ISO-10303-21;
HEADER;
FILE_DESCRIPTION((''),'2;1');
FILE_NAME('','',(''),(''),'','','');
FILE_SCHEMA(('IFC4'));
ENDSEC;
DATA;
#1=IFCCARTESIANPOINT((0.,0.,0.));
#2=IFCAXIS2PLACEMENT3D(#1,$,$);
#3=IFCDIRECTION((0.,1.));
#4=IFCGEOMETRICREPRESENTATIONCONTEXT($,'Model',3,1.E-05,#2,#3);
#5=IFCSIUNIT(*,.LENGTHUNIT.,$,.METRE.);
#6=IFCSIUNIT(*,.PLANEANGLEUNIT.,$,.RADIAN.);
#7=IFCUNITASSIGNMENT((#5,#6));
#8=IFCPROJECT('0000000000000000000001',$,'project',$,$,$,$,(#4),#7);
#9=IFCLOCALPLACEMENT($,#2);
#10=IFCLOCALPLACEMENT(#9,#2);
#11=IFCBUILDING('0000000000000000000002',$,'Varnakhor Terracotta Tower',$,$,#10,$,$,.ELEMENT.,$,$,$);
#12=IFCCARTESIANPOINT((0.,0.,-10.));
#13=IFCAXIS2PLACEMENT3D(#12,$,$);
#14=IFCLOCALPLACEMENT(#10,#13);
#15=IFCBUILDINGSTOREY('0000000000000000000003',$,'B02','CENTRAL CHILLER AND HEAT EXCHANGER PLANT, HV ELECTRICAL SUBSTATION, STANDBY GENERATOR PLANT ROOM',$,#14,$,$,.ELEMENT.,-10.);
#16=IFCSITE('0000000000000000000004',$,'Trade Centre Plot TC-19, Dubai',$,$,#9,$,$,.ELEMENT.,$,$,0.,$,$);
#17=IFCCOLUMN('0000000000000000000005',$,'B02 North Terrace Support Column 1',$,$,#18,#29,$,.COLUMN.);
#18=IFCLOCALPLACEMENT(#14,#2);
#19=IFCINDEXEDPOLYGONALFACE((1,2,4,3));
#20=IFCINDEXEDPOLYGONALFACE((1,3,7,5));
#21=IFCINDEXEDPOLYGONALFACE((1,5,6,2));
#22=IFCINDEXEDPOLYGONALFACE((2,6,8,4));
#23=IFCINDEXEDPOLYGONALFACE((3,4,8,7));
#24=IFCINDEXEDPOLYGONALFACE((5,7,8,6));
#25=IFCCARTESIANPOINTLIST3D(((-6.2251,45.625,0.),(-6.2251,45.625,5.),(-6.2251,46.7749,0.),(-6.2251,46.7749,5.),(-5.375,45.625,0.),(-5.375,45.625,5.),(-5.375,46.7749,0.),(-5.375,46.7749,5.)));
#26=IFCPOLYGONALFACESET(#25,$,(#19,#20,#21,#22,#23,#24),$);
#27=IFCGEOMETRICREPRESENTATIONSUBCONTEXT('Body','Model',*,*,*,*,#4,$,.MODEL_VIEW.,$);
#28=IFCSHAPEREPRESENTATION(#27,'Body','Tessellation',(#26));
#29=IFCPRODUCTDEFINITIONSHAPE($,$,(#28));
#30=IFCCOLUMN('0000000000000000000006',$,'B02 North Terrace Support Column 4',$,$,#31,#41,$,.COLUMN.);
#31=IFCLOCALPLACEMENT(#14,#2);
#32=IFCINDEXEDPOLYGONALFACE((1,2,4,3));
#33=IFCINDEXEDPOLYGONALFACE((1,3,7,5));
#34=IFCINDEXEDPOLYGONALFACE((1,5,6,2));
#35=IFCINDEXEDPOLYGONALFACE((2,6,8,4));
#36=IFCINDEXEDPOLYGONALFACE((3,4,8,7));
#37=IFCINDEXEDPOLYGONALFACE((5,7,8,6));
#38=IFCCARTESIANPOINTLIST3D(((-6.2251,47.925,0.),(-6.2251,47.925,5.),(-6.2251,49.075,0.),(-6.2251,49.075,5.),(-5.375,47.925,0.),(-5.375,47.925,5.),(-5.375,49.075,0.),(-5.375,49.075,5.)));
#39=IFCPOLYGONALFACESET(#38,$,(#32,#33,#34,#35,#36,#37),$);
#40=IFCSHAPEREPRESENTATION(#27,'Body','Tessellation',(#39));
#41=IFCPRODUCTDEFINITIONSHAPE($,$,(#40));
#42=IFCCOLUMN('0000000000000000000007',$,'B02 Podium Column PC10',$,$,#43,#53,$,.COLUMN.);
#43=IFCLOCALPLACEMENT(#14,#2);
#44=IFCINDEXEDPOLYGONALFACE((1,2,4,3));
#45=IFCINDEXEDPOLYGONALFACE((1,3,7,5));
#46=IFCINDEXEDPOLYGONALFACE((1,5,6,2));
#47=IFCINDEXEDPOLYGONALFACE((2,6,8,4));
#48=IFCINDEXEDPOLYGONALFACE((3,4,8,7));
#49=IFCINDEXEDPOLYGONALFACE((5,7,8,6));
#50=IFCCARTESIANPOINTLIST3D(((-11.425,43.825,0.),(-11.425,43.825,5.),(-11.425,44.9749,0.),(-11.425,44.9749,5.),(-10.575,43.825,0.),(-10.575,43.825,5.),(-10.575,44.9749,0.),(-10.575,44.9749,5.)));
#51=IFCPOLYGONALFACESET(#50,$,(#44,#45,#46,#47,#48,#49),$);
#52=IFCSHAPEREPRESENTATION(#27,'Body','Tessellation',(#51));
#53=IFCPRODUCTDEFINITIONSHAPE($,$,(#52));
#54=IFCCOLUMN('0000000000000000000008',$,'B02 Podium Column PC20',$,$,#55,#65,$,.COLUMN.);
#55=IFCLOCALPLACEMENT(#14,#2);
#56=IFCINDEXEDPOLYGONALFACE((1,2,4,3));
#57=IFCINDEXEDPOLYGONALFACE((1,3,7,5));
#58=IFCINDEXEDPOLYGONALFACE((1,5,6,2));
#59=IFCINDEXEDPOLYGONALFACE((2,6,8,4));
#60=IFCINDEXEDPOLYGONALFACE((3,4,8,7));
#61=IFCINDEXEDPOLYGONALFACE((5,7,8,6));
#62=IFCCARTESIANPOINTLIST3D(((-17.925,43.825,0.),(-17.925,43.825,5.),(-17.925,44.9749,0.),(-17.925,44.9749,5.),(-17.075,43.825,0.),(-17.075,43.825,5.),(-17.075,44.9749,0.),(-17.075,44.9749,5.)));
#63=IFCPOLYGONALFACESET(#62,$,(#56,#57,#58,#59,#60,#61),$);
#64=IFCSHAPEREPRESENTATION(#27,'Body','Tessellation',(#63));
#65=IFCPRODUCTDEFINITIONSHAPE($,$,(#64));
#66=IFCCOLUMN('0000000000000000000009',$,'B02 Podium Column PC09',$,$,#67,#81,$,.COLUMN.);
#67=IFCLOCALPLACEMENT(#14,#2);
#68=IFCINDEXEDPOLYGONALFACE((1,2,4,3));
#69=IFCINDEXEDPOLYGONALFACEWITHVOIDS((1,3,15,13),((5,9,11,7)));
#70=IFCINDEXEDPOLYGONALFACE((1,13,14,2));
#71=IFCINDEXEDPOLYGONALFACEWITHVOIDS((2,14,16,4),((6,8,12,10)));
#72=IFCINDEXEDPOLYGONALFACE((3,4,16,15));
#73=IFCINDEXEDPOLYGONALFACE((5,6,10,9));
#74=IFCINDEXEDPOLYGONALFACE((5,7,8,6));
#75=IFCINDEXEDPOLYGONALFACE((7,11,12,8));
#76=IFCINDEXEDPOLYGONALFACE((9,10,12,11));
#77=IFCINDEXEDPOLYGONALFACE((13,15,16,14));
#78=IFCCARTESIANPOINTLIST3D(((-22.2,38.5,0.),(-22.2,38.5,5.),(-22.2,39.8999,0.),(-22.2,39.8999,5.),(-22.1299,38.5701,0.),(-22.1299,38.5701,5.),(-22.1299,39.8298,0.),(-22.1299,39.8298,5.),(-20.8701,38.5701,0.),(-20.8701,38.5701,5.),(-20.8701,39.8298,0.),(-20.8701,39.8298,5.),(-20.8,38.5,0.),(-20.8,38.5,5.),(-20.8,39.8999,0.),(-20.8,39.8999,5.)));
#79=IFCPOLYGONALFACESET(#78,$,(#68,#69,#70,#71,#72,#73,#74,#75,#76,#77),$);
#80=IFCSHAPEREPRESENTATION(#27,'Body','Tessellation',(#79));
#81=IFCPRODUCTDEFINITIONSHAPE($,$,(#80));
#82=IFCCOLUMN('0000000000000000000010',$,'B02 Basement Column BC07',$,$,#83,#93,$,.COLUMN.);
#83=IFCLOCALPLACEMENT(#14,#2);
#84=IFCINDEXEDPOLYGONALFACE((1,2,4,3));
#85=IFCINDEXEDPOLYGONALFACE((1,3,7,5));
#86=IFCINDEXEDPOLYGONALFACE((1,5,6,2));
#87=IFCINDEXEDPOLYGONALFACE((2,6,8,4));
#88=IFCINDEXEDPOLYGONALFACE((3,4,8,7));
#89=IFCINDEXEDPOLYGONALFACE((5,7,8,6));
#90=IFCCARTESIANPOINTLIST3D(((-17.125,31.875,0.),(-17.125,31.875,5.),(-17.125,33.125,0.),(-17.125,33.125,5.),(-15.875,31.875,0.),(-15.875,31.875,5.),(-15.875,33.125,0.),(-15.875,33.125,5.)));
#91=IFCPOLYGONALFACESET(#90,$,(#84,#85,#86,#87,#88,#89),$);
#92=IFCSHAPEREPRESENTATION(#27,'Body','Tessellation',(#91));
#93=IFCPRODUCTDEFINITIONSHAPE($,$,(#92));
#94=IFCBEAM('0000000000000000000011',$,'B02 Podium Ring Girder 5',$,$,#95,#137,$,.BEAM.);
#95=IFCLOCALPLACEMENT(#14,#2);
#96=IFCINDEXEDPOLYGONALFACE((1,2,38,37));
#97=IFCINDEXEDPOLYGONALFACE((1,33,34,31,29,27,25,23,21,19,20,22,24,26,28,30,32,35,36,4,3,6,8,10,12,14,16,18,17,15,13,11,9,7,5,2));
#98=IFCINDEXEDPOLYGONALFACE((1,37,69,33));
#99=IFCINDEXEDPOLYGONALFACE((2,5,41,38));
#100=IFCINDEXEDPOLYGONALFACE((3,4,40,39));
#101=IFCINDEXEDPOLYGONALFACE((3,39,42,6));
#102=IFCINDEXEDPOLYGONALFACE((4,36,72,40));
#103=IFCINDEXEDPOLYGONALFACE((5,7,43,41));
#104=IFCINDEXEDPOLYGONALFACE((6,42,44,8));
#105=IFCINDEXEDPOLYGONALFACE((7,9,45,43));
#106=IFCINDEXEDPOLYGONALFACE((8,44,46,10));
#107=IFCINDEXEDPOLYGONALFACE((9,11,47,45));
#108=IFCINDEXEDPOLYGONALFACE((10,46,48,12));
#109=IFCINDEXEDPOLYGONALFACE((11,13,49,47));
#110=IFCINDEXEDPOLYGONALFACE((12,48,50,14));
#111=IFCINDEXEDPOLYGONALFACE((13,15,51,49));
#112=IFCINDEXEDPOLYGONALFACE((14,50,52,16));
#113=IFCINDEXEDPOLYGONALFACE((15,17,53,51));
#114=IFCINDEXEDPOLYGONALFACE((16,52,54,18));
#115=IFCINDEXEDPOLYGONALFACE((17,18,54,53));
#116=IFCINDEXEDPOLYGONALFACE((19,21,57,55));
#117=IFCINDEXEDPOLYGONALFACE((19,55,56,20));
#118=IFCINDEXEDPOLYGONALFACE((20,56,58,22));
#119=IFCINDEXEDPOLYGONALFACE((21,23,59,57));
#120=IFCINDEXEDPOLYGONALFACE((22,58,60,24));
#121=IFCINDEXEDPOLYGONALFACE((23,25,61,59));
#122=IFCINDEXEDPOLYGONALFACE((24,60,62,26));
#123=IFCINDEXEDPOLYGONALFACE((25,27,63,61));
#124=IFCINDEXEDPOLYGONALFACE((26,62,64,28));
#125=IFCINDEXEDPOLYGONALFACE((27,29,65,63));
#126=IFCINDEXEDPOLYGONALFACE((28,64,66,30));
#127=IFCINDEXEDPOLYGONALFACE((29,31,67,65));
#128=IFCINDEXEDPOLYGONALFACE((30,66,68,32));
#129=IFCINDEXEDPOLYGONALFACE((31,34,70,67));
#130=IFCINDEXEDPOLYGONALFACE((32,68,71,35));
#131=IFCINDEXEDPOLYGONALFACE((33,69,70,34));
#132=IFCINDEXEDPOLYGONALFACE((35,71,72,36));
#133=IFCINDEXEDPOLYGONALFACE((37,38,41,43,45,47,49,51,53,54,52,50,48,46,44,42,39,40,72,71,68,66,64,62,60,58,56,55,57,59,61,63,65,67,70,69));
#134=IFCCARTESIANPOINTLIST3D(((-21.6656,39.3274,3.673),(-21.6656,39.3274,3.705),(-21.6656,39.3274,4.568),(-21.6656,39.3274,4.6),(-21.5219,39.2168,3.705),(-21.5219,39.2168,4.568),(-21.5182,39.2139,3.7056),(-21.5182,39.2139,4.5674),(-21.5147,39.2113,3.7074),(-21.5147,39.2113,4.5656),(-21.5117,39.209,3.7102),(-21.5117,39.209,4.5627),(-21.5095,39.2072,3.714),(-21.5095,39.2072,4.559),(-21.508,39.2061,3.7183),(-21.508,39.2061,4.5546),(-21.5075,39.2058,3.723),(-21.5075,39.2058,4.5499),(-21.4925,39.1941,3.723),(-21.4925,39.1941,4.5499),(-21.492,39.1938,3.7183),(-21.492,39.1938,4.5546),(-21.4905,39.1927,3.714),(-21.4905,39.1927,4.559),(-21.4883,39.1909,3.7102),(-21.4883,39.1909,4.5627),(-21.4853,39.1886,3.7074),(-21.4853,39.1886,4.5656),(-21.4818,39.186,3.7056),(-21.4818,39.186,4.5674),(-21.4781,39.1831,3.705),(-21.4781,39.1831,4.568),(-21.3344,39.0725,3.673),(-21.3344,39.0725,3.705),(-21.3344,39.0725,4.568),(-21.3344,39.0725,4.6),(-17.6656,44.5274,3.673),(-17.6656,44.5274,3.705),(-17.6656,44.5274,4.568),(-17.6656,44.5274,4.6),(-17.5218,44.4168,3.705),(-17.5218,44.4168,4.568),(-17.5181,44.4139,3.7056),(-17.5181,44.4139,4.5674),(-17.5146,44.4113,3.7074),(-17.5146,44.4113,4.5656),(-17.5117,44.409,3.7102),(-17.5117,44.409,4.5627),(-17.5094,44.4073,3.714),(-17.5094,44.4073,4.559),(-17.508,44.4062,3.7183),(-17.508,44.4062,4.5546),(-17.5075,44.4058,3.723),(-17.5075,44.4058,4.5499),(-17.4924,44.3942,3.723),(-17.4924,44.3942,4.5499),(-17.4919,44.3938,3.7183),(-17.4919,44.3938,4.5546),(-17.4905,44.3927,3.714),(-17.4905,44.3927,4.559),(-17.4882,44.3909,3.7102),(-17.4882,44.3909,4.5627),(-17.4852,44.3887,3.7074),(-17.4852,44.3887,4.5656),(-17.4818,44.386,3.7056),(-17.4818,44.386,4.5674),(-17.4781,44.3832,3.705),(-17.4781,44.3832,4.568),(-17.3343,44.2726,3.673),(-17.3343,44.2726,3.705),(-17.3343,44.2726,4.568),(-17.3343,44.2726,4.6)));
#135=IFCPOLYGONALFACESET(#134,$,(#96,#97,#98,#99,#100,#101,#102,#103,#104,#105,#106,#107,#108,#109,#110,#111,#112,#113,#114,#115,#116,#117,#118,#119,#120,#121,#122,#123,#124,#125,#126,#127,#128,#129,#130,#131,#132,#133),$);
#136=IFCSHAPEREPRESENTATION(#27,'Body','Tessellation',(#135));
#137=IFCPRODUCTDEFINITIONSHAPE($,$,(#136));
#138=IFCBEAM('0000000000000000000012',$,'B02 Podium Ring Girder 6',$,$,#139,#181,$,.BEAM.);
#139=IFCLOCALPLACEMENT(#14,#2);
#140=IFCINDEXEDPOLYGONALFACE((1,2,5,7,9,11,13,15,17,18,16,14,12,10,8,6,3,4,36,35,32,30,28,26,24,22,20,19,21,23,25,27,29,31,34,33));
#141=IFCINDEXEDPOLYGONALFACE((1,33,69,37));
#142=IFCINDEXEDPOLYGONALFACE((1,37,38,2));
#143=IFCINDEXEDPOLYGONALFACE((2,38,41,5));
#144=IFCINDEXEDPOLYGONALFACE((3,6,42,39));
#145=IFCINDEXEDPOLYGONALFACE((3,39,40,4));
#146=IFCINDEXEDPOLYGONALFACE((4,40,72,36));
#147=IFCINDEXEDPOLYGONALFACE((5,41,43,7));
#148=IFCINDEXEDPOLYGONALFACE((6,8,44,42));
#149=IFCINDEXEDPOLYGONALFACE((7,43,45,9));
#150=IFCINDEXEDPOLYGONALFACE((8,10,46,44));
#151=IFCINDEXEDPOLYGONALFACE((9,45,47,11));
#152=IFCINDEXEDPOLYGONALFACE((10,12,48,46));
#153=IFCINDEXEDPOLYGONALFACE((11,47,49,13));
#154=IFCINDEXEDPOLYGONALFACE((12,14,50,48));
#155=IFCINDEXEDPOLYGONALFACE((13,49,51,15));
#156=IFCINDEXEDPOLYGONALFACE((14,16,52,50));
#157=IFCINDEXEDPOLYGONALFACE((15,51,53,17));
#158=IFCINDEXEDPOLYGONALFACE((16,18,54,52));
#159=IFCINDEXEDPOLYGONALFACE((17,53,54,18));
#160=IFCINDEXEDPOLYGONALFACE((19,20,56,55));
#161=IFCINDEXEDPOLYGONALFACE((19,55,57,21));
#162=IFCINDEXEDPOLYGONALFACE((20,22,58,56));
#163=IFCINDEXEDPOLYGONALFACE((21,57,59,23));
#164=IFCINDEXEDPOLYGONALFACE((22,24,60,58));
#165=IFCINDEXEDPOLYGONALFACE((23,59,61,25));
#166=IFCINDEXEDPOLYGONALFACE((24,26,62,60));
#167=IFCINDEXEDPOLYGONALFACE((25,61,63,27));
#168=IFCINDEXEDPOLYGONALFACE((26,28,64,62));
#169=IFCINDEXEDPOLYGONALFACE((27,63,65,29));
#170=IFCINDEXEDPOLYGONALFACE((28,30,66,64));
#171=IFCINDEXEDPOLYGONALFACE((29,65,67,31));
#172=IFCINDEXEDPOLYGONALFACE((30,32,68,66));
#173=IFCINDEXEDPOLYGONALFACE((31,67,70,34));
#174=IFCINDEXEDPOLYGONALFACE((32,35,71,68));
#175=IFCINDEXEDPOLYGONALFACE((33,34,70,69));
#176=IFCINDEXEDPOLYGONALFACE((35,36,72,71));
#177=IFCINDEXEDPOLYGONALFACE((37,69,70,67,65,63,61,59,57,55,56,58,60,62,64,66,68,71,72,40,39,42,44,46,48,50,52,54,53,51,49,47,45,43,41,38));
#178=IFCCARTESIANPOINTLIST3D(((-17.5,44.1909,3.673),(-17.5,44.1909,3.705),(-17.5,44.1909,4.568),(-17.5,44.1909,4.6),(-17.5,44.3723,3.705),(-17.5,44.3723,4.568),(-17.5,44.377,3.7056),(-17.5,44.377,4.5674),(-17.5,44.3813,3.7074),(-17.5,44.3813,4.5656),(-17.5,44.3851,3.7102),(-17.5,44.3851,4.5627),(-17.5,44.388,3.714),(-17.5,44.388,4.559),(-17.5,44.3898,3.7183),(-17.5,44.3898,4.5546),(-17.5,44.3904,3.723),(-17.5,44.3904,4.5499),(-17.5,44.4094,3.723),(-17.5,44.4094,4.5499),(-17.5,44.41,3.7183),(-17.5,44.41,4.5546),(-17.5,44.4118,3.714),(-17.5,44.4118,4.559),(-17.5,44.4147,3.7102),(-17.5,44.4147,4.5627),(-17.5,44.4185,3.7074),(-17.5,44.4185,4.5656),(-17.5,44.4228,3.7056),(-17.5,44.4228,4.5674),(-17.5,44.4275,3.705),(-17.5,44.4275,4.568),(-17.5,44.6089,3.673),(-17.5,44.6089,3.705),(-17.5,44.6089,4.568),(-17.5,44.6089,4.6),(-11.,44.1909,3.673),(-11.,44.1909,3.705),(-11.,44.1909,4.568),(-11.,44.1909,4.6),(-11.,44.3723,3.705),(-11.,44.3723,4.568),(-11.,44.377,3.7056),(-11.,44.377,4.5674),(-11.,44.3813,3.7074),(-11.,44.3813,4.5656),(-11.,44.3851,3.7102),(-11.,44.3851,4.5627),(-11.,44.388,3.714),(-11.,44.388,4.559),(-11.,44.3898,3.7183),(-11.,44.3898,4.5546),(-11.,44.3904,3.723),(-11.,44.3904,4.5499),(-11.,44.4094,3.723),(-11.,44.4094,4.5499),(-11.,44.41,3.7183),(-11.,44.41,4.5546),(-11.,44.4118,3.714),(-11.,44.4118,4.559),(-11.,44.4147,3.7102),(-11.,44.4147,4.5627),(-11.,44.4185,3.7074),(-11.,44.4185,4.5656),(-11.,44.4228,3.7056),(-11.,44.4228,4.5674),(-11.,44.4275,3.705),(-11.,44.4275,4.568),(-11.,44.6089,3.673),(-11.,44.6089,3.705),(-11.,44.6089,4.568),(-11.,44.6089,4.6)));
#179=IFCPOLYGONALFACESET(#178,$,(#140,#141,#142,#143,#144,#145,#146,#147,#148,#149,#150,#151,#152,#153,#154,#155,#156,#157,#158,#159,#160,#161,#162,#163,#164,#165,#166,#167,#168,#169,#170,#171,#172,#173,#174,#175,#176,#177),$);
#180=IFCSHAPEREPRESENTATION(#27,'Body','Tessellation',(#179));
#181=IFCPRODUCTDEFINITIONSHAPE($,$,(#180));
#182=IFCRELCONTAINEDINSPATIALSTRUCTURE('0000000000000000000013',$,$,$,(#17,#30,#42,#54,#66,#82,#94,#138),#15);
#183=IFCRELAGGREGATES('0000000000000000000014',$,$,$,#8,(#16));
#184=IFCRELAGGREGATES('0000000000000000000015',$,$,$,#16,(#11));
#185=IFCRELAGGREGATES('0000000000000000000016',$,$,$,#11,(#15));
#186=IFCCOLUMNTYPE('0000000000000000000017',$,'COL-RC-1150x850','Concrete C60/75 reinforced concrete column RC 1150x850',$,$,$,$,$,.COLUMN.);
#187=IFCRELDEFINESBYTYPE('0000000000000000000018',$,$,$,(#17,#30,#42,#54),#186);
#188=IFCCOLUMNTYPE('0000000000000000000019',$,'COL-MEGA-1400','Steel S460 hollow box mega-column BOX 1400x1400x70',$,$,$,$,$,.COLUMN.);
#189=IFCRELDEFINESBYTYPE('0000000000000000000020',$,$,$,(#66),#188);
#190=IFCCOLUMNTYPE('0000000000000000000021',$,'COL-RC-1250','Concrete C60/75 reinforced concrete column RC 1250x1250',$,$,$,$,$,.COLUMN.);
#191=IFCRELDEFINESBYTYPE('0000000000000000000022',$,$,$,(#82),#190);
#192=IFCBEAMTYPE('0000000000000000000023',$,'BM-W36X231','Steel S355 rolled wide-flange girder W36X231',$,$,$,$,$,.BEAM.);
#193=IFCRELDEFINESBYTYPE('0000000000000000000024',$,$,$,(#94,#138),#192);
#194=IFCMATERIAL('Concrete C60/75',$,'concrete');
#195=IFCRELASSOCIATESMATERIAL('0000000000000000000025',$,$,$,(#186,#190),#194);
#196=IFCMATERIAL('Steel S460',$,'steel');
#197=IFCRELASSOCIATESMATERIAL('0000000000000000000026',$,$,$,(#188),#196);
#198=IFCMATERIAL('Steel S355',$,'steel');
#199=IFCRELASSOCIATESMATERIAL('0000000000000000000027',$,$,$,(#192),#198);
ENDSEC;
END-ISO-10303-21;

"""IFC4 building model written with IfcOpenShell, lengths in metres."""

from ifc_helpers import new_model, si_unit, direction, frame, origin, origin_2d, place, context, subcontext, project, spatial, rectangle, hollow_rectangle, i_section, extrude, source, transform, mapped, material, material_profile, profile_set, type_object, type_shapes, element, save


model = new_model("IFC4")

# Units and contexts
model_context = context("Model", 3, precision=1e-05, world=origin(), true_north=direction((0.0, 1.0)))
body_context = subcontext(model_context, "Body", "Model", "MODEL_VIEW")
ifc_project = project(units=[si_unit("LENGTHUNIT", "METRE"), si_unit("PLANEANGLEUNIT", "RADIAN")], contexts=[model_context])

# Site, building, storey
site_placement = place(None, origin())
site = spatial("IfcSite", under=ifc_project, at=site_placement, Name="Trade Centre Plot TC-19, Dubai", CompositionType="ELEMENT", RefElevation=0.0)
building_placement = place(site_placement, origin())
building = spatial("IfcBuilding", under=site, at=building_placement, Name="Varnakhor Terracotta Tower", CompositionType="ELEMENT")
storey_placement = place(building_placement, frame((0.0, 0.0, -10.0)))
storey = spatial("IfcBuildingStorey", under=building, at=storey_placement, Name="B02", Description="CENTRAL CHILLER AND HEAT EXCHANGER PLANT, HV ELECTRICAL SUBSTATION, STANDBY GENERATOR PLANT ROOM", CompositionType="ELEMENT", Elevation=-10.0)

# Columns
ifc_material_1 = material(Name="Concrete C60/75", Category="concrete")
ifc_material_profile_1 = material_profile(ifc_material_1, rectangle(XDim=0.8501, YDim=1.1499, at=origin_2d()), Name="RC 1150x850")
ifc_profile_set_1 = profile_set([ifc_material_profile_1], Name="Concrete C60/75")
column_type_1 = type_object("IfcColumnType", Name="COL-RC-1150x850", Description="Concrete C60/75 reinforced concrete column RC 1150x850", PredefinedType="COLUMN", material=ifc_profile_set_1)
shared_shape_1 = source(origin(), body_context, "Body", "SweptSolid", [
    extrude(rectangle(XDim=0.8501, YDim=1.1499, at=origin_2d()), origin(), (0.0, 0.0, 1.0), 5.0),
])
type_shapes(column_type_1, [shared_shape_1])
for number, where, z_axis, x_axis, name in (
    (1, (-5.8, 46.2, 0.0), (0.0, 0.0, 1.0), (1.0, 0.0, 0.0), "B02 North Terrace Support Column 1"),
    (2, (-5.8, 48.5, 0.0), (0.0, 0.0, 1.0), (1.0, 0.0, 0.0), "B02 North Terrace Support Column 4"),
    (3, (-11.0, 44.3999, 0.0), (0.0, 0.0, 1.0), (1.0, 0.0, 0.0), "B02 Podium Column PC10"),
    (4, (-17.5, 44.3999, 0.0), (0.0, 0.0, 1.0), (1.0, 0.0, 0.0), "B02 Podium Column PC20"),
):
    element("IfcColumn", number, at=place(storey_placement, frame(where, z_axis=z_axis, x_axis=x_axis)), inside=storey, type_object=column_type_1, Name=name, PredefinedType="COLUMN", context=body_context, shape_type="MappedRepresentation", body=[
        mapped(shared_shape_1, transform((0.0, 0.0, 0.0), scale=1.0)),
    ])
ifc_material_2 = material(Name="Steel S460", Category="steel")
ifc_material_profile_2 = material_profile(ifc_material_2, hollow_rectangle(XDim=1.3999, YDim=1.3999, WallThickness=0.0701, at=origin_2d()), Name="BOX 1400x1400x70")
ifc_profile_set_2 = profile_set([ifc_material_profile_2], Name="Steel S460")
column_type_2 = type_object("IfcColumnType", Name="COL-MEGA-1400", Description="Steel S460 hollow box mega-column BOX 1400x1400x70", PredefinedType="COLUMN", material=ifc_profile_set_2)
shared_shape_2 = source(origin(), body_context, "Body", "SweptSolid", [
    extrude(hollow_rectangle(XDim=1.3999, YDim=1.3999, WallThickness=0.0701, at=origin_2d()), origin(), (0.0, 0.0, 1.0), 5.0),
])
type_shapes(column_type_2, [shared_shape_2])
column_1_placement = place(storey_placement, frame((-21.5, 39.2, 0.0), z_axis=(0.0, 0.0, 1.0), x_axis=(1.0, 0.0, 0.0)))
element("IfcColumn", 5, at=column_1_placement, inside=storey, type_object=column_type_2, Name="B02 Podium Column PC09", PredefinedType="COLUMN", context=body_context, shape_type="MappedRepresentation", body=[
    mapped(shared_shape_2, transform((0.0, 0.0, 0.0), scale=1.0)),
])
ifc_material_profile_3 = material_profile(ifc_material_1, rectangle(XDim=1.25, YDim=1.25, at=origin_2d()), Name="RC 1250x1250")
ifc_profile_set_3 = profile_set([ifc_material_profile_3], Name="Concrete C60/75")
column_type_3 = type_object("IfcColumnType", Name="COL-RC-1250", Description="Concrete C60/75 reinforced concrete column RC 1250x1250", PredefinedType="COLUMN", material=ifc_profile_set_3)
shared_shape_3 = source(origin(), body_context, "Body", "SweptSolid", [
    extrude(rectangle(XDim=1.25, YDim=1.25, at=origin_2d()), origin(), (0.0, 0.0, 1.0), 5.0),
])
type_shapes(column_type_3, [shared_shape_3])
column_2_placement = place(storey_placement, frame((-16.5, 32.5, 0.0), z_axis=(0.0, 0.0, 1.0), x_axis=(1.0, 0.0, 0.0)))
element("IfcColumn", 6, at=column_2_placement, inside=storey, type_object=column_type_3, Name="B02 Basement Column BC07", PredefinedType="COLUMN", context=body_context, shape_type="MappedRepresentation", body=[
    mapped(shared_shape_3, transform((0.0, 0.0, 0.0), scale=1.0)),
])

# Beams
ifc_material_3 = material(Name="Steel S355", Category="steel")
ifc_material_profile_4 = material_profile(ifc_material_3, i_section(OverallWidth=0.418, OverallDepth=0.927, WebThickness=0.019, FlangeThickness=0.032, FilletRadius=0.0181, at=origin_2d()), Name="W36X231")
ifc_profile_set_4 = profile_set([ifc_material_profile_4], Name="Steel S355")
beam_type_1 = type_object("IfcBeamType", Name="BM-W36X231", Description="Steel S355 rolled wide-flange girder W36X231", PredefinedType="BEAM", material=ifc_profile_set_4)
shared_shape_4 = source(origin(), body_context, "Body", "SweptSolid", [
    extrude(i_section(OverallWidth=0.418, OverallDepth=0.927, WebThickness=0.019, FlangeThickness=0.032, FilletRadius=0.0181, at=origin_2d()), origin(), (0.0, 0.0, 1.0), 6.5605),
])
beam_1_placement = place(storey_placement, frame((-21.5, 39.2, 4.1365), z_axis=(0.609714, 0.792621, 0.0), x_axis=(-0.792621, 0.609714, 0.0)))
element("IfcBeam", 7, at=beam_1_placement, inside=storey, type_object=beam_type_1, Name="B02 Podium Ring Girder 5", PredefinedType="BEAM", context=body_context, shape_type="MappedRepresentation", body=[
    mapped(shared_shape_4, transform((0.0, 0.0, 0.0), scale=1.0)),
])
shared_shape_5 = source(origin(), body_context, "Body", "SweptSolid", [
    extrude(i_section(OverallWidth=0.418, OverallDepth=0.927, WebThickness=0.019, FlangeThickness=0.032, FilletRadius=0.0181, at=origin_2d()), origin(), (0.0, 0.0, 1.0), 6.5),
])
beam_2_placement = place(storey_placement, frame((-17.5, 44.3999, 4.1365), z_axis=(1.0, 0.0, 0.0), x_axis=(0.0, 1.0, 0.0)))
element("IfcBeam", 8, at=beam_2_placement, inside=storey, type_object=beam_type_1, Name="B02 Podium Ring Girder 6", PredefinedType="BEAM", context=body_context, shape_type="MappedRepresentation", body=[
    mapped(shared_shape_5, transform((0.0, 0.0, 0.0), scale=1.0)),
])

save(model, "model.ifc")
